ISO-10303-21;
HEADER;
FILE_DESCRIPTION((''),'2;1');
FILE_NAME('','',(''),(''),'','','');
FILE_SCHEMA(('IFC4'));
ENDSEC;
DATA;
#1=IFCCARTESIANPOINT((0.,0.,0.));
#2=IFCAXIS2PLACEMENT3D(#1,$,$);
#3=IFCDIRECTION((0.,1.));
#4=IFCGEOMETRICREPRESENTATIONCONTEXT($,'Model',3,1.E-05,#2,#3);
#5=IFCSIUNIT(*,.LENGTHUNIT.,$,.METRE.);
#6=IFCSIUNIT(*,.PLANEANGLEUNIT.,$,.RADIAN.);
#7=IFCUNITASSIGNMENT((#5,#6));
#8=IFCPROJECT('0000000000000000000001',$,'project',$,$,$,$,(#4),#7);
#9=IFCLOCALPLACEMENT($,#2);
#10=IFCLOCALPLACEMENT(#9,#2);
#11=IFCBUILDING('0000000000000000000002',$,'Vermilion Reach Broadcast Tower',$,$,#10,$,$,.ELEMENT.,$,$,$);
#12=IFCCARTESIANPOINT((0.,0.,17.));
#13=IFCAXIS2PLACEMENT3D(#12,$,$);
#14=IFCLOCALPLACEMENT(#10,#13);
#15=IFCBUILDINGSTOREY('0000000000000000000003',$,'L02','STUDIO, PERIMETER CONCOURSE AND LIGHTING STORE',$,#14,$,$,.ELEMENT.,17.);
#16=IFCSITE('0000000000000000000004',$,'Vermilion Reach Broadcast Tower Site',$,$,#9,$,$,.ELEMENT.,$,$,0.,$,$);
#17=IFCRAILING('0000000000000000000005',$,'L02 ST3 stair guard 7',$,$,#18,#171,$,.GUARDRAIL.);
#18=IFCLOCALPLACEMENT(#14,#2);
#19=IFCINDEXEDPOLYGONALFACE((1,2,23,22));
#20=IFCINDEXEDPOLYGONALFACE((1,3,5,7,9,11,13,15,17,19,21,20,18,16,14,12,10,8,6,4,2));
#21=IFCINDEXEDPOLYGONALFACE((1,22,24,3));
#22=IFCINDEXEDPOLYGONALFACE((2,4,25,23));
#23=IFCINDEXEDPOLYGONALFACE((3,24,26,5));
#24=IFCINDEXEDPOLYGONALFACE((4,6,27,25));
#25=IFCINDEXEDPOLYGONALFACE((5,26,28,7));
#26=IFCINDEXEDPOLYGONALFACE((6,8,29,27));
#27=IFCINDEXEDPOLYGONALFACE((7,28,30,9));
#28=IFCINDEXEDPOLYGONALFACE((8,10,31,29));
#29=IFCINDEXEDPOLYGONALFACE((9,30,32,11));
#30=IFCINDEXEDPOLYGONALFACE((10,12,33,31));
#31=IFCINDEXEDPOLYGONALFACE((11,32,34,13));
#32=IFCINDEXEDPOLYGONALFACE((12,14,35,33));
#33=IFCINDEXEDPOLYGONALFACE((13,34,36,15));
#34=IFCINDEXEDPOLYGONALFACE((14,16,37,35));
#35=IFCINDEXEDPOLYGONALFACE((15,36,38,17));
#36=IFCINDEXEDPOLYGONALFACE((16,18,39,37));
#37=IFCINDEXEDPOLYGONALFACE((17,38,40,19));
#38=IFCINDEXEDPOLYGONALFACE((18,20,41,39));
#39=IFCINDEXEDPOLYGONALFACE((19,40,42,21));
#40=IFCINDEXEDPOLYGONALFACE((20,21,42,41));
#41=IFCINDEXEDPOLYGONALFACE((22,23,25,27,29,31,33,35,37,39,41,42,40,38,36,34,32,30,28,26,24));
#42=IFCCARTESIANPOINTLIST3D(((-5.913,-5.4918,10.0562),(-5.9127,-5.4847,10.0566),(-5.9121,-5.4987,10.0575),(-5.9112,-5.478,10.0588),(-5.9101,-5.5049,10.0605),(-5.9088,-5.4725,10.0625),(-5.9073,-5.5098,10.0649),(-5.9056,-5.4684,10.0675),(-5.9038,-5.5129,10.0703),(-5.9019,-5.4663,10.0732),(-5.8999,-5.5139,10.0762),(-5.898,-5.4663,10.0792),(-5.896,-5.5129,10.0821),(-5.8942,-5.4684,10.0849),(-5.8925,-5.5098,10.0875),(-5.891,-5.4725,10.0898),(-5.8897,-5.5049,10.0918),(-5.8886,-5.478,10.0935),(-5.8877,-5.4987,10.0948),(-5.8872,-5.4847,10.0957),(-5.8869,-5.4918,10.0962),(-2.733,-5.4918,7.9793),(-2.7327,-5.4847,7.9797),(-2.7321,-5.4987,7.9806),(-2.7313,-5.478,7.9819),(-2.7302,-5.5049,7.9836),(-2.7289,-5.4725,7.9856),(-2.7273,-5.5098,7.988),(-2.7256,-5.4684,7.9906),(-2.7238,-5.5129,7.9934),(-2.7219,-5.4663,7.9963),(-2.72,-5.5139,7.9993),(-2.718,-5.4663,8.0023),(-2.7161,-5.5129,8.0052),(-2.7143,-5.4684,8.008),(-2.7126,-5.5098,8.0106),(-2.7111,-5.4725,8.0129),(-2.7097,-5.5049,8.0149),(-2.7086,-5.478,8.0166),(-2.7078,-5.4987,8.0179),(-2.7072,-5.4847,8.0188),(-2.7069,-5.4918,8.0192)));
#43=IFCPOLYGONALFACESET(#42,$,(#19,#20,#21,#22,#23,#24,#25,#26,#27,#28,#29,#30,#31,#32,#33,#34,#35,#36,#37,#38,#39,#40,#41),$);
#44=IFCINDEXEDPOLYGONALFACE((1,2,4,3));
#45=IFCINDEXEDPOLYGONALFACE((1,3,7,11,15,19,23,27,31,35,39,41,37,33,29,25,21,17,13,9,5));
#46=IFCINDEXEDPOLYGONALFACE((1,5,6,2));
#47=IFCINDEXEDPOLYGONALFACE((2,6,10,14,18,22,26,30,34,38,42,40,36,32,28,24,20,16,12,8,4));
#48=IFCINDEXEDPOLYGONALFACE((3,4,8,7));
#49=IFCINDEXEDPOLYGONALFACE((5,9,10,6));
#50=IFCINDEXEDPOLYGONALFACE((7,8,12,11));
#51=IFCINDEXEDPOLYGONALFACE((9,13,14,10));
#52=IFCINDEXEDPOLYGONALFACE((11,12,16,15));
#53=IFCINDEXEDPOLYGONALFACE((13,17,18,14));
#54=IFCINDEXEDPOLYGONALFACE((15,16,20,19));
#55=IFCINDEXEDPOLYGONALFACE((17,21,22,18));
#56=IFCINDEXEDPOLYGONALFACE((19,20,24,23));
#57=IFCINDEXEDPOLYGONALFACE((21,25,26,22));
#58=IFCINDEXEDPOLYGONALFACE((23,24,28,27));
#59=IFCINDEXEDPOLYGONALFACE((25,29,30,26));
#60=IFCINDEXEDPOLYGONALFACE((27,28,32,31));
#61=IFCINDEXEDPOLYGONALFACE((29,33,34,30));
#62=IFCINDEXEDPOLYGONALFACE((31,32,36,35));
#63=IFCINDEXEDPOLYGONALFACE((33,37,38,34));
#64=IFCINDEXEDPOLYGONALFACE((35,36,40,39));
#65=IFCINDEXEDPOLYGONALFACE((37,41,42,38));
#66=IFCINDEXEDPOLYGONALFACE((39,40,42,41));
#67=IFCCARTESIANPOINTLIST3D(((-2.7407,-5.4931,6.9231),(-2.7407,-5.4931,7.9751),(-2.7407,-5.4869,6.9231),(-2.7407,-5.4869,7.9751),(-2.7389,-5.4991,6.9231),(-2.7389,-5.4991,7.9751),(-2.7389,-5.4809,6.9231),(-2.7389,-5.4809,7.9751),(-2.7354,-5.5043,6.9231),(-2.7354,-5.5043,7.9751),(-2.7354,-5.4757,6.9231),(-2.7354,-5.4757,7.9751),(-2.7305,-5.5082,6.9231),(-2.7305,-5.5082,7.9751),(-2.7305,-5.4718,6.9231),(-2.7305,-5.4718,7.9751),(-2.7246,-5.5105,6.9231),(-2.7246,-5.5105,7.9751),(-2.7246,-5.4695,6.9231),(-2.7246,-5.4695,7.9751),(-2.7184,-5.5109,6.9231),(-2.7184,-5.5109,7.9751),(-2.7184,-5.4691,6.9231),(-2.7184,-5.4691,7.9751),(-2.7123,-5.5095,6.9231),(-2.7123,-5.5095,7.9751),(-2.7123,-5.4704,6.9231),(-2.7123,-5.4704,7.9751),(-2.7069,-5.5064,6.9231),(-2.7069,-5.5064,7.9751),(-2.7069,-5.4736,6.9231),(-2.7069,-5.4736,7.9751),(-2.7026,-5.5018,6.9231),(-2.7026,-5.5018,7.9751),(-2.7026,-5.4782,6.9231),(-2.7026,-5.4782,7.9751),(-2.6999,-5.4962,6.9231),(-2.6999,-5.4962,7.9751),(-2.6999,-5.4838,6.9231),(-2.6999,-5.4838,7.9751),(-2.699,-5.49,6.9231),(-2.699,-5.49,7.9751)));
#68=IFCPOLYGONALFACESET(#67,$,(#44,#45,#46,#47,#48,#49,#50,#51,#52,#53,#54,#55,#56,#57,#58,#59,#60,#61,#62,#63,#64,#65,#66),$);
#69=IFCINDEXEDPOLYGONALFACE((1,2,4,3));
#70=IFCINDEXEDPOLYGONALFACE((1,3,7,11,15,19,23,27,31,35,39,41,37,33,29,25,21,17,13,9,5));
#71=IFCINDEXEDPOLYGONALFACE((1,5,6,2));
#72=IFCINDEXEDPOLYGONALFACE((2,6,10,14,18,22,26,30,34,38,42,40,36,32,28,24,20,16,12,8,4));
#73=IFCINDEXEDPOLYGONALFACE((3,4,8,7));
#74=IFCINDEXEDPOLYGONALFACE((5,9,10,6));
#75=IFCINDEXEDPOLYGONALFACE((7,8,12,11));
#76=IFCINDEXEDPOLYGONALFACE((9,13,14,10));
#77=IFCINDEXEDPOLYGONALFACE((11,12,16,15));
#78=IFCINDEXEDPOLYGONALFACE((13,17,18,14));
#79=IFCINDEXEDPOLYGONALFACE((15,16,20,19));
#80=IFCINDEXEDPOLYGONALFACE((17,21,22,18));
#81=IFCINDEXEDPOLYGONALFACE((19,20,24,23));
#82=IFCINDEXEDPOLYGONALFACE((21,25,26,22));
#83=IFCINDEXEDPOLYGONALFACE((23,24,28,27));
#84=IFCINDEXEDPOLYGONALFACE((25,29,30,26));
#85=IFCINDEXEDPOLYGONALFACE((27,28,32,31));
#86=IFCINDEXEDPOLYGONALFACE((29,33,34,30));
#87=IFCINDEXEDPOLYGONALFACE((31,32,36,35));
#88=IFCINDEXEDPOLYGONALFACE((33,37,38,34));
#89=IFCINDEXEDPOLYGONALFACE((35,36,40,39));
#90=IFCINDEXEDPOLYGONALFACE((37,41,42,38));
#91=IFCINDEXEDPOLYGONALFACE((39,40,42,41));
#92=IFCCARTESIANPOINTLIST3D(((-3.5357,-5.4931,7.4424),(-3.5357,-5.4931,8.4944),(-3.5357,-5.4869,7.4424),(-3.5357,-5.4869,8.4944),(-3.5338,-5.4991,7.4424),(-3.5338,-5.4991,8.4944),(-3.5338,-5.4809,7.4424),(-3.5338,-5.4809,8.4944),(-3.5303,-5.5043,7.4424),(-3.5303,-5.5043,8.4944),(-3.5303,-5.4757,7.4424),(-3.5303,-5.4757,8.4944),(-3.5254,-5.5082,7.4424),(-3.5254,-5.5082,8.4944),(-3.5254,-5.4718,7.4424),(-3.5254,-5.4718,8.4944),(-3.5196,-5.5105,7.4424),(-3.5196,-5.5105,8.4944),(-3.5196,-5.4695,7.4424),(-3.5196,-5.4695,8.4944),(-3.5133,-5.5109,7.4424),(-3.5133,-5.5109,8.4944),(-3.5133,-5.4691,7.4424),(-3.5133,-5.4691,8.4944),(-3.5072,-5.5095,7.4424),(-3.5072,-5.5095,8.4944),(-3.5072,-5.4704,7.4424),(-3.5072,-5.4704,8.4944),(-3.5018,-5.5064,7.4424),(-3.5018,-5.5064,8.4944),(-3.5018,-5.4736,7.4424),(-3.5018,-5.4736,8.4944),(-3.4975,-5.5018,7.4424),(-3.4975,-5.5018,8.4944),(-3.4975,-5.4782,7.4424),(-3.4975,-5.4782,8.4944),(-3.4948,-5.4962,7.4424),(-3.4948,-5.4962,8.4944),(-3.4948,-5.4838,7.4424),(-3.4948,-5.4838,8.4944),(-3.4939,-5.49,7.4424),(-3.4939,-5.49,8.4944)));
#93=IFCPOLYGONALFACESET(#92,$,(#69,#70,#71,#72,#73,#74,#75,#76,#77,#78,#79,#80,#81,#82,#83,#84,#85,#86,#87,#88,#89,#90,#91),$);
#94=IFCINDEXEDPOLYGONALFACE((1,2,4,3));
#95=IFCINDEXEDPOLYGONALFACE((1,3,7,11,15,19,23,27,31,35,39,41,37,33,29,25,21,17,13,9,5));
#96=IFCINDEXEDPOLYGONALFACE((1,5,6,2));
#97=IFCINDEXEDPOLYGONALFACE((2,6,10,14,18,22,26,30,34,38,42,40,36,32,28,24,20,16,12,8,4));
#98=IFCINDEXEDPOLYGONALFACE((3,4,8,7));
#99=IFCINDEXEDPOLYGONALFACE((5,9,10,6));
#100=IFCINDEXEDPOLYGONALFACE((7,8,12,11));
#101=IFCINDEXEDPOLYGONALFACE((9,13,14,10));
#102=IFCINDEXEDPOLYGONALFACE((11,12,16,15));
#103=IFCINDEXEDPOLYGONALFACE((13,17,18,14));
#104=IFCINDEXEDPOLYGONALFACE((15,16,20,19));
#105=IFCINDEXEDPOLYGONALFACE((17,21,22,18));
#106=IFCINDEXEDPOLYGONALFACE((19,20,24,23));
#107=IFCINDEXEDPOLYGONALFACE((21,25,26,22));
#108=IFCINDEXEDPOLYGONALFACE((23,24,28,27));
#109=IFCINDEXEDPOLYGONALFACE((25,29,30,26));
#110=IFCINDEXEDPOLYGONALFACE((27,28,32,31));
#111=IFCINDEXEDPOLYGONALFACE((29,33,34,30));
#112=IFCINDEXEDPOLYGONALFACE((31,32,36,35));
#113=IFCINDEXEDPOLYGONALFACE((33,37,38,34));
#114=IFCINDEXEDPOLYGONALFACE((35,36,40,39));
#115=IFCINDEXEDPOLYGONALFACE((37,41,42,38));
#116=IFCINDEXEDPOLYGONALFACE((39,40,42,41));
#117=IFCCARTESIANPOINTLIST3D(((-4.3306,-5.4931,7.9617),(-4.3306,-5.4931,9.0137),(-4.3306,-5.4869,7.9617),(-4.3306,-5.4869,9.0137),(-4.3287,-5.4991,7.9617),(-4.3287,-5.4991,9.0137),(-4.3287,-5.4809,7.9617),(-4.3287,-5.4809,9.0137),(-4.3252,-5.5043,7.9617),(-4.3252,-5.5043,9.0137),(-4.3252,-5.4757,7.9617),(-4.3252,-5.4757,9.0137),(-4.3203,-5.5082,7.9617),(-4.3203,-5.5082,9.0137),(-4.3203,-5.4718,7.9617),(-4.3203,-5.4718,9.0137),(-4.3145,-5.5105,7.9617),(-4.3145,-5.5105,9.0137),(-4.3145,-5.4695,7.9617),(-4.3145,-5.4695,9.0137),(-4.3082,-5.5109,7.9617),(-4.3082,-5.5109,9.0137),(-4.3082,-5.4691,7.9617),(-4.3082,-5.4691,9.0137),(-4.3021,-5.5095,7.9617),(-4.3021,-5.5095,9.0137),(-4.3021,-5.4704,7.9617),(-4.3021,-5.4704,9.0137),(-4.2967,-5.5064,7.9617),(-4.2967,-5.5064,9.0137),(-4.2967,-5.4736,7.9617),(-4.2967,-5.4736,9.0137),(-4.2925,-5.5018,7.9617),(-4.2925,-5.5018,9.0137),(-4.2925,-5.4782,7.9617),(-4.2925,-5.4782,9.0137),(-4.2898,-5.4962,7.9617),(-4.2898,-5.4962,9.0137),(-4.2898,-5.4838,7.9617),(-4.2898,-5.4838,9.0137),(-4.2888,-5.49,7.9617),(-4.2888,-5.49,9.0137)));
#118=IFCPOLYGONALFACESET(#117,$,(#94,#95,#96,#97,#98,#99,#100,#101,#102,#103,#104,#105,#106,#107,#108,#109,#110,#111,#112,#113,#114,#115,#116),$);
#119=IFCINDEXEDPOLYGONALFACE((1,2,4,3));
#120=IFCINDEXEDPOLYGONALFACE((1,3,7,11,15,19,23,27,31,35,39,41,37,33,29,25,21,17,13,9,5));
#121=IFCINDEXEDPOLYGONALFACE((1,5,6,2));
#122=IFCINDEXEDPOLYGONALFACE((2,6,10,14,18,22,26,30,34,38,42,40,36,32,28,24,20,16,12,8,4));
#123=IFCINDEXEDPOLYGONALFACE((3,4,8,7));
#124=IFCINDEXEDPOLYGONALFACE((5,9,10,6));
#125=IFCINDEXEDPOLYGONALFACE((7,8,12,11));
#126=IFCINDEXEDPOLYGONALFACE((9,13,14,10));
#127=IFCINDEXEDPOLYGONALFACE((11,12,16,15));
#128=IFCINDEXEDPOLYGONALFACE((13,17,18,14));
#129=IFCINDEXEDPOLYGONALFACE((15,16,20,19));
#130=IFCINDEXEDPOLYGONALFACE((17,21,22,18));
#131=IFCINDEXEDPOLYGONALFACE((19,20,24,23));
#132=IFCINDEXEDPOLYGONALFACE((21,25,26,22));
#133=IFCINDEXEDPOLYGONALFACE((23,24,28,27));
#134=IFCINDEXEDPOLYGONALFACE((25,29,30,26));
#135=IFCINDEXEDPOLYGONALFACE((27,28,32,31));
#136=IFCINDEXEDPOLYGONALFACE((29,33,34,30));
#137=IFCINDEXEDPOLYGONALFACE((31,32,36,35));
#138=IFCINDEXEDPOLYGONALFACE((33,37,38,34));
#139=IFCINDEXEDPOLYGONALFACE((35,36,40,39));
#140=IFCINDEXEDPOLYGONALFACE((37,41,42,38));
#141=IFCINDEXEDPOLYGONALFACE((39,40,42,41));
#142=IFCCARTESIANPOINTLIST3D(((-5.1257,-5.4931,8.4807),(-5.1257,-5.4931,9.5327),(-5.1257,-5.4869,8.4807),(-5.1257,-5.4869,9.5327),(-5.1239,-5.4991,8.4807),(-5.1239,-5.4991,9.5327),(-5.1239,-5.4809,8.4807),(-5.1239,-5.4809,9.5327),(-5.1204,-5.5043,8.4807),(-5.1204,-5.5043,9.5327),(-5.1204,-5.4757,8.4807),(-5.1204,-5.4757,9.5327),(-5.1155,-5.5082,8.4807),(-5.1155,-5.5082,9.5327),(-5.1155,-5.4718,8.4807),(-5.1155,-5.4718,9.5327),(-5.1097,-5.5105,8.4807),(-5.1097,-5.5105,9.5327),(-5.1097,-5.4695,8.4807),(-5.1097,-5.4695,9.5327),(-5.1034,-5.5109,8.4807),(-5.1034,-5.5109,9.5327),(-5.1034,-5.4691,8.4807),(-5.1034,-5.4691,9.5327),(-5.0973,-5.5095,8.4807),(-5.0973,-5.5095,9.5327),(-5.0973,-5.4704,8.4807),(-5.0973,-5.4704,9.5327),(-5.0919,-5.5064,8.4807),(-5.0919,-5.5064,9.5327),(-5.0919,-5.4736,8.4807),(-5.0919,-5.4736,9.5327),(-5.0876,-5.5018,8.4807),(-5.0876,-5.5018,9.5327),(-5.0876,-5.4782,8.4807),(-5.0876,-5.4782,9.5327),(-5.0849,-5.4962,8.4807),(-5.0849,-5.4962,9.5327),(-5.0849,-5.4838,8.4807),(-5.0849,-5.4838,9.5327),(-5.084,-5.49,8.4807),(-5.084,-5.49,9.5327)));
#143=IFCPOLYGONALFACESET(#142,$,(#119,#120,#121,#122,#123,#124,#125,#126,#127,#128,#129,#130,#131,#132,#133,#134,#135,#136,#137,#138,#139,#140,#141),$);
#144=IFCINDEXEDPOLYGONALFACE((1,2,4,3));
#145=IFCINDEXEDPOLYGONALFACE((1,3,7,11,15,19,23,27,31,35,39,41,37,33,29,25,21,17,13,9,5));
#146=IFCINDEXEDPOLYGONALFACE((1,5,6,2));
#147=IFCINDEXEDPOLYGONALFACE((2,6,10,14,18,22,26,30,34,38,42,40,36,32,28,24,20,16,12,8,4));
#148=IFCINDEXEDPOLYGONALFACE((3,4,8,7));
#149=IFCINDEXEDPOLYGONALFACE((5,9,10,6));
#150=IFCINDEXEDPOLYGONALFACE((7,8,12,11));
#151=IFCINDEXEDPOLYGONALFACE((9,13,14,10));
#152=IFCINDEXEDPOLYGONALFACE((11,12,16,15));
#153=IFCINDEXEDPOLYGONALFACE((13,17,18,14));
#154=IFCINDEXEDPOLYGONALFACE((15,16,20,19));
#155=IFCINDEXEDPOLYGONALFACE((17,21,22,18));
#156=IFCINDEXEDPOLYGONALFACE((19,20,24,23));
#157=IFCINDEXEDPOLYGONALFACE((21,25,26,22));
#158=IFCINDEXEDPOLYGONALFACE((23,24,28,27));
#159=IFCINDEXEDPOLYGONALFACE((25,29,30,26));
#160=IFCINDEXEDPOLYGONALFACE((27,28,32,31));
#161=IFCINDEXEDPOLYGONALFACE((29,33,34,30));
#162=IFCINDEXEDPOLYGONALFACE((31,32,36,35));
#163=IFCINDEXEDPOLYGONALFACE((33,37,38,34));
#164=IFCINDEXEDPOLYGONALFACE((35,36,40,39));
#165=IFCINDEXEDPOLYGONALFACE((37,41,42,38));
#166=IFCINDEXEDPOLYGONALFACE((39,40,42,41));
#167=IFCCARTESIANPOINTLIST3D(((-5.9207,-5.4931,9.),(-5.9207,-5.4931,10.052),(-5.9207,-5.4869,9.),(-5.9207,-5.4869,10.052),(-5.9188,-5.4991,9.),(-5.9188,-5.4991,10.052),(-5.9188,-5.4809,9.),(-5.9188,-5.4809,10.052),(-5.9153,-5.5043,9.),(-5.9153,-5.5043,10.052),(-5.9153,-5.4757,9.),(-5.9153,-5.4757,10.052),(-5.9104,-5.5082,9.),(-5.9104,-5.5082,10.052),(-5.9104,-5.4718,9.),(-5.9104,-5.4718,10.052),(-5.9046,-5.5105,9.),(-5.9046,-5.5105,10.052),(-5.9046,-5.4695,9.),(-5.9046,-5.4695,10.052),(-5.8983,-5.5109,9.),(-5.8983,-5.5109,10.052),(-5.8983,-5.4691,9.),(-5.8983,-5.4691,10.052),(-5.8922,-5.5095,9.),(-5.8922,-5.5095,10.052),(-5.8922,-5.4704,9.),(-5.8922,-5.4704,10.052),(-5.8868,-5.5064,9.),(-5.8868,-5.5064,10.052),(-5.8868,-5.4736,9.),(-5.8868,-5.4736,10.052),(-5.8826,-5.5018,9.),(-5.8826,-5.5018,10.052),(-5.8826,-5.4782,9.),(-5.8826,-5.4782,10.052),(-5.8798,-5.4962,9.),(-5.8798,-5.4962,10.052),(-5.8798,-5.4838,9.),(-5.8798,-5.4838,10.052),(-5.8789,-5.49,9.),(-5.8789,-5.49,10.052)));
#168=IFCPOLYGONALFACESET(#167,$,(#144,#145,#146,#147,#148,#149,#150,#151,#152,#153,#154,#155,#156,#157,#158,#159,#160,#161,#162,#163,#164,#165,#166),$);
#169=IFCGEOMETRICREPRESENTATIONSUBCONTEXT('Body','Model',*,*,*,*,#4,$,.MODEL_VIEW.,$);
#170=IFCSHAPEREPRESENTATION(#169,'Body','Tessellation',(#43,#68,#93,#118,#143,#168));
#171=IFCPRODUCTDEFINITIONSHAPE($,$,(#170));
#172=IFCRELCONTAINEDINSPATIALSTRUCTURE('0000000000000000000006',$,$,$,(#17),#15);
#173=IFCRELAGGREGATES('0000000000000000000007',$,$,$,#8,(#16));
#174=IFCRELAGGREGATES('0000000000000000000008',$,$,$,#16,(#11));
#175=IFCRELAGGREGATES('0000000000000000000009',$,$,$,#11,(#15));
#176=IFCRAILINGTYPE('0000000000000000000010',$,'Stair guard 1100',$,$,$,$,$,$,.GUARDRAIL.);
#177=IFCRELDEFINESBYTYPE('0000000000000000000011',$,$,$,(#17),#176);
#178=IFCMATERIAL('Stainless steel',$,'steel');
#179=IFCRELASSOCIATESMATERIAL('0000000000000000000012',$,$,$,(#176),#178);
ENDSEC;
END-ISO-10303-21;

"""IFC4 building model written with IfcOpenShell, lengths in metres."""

from ifc_helpers import new_model, si_unit, direction, frame, origin, origin_2d, place, context, subcontext, project, spatial, circle, extrude, material, type_object, element, save


model = new_model("IFC4")

# Units and contexts
model_context = context("Model", 3, precision=1e-05, world=origin(), true_north=direction((0.0, 1.0)))
body_context = subcontext(model_context, "Body", "Model", "MODEL_VIEW")
ifc_project = project(units=[si_unit("LENGTHUNIT", "METRE"), si_unit("PLANEANGLEUNIT", "RADIAN")], contexts=[model_context])

# Site, building, storey
site_placement = place(None, origin())
site = spatial("IfcSite", under=ifc_project, at=site_placement, Name="Vermilion Reach Broadcast Tower Site", CompositionType="ELEMENT", RefElevation=0.0)
building_placement = place(site_placement, origin())
building = spatial("IfcBuilding", under=site, at=building_placement, Name="Vermilion Reach Broadcast Tower", CompositionType="ELEMENT")
storey_placement = place(building_placement, frame((0.0, 0.0, 17.0)))
storey = spatial("IfcBuildingStorey", under=building, at=storey_placement, Name="L02", Description="STUDIO, PERIMETER CONCOURSE AND LIGHTING STORE", CompositionType="ELEMENT", Elevation=17.0)

# Railing
ifc_material_1 = material(Name="Stainless steel", Category="steel")
railing_type_1 = type_object("IfcRailingType", Name="Stair guard 1100", PredefinedType="GUARDRAIL", material=ifc_material_1)
railing_1_placement = place(storey_placement, frame((-2.72, -5.49, 6.9231)))
element("IfcRailing", 1, at=railing_1_placement, inside=storey, type_object=railing_type_1, Name="L02 ST3 stair guard 7", PredefinedType="GUARDRAIL", context=body_context, shape_type="SweptSolid", body=[
    extrude(circle(Radius=0.0239, at=origin_2d()), frame((0.0, 0.0, 1.0762), z_axis=(-0.837245, 0.0, 0.546828), x_axis=(0.0, -1.0, 0.0)), (0.0, 0.0, 1.0), 3.7981),
    extrude(circle(Radius=0.021, at=origin_2d()), origin(), (0.0, 0.0, 1.0), 1.052),
    extrude(circle(Radius=0.021, at=origin_2d()), frame((-0.7949, 0.0, 0.5193)), (0.0, 0.0, 1.0), 1.052),
    extrude(circle(Radius=0.021, at=origin_2d()), frame((-1.5898, 0.0, 1.0386)), (0.0, 0.0, 1.0), 1.052),
    extrude(circle(Radius=0.021, at=origin_2d()), frame((-2.385, 0.0, 1.5576)), (0.0, 0.0, 1.0), 1.052),
    extrude(circle(Radius=0.021, at=origin_2d()), frame((-3.1799, 0.0, 2.0769)), (0.0, 0.0, 1.0), 1.052),
])

save(model, "model.ifc")
